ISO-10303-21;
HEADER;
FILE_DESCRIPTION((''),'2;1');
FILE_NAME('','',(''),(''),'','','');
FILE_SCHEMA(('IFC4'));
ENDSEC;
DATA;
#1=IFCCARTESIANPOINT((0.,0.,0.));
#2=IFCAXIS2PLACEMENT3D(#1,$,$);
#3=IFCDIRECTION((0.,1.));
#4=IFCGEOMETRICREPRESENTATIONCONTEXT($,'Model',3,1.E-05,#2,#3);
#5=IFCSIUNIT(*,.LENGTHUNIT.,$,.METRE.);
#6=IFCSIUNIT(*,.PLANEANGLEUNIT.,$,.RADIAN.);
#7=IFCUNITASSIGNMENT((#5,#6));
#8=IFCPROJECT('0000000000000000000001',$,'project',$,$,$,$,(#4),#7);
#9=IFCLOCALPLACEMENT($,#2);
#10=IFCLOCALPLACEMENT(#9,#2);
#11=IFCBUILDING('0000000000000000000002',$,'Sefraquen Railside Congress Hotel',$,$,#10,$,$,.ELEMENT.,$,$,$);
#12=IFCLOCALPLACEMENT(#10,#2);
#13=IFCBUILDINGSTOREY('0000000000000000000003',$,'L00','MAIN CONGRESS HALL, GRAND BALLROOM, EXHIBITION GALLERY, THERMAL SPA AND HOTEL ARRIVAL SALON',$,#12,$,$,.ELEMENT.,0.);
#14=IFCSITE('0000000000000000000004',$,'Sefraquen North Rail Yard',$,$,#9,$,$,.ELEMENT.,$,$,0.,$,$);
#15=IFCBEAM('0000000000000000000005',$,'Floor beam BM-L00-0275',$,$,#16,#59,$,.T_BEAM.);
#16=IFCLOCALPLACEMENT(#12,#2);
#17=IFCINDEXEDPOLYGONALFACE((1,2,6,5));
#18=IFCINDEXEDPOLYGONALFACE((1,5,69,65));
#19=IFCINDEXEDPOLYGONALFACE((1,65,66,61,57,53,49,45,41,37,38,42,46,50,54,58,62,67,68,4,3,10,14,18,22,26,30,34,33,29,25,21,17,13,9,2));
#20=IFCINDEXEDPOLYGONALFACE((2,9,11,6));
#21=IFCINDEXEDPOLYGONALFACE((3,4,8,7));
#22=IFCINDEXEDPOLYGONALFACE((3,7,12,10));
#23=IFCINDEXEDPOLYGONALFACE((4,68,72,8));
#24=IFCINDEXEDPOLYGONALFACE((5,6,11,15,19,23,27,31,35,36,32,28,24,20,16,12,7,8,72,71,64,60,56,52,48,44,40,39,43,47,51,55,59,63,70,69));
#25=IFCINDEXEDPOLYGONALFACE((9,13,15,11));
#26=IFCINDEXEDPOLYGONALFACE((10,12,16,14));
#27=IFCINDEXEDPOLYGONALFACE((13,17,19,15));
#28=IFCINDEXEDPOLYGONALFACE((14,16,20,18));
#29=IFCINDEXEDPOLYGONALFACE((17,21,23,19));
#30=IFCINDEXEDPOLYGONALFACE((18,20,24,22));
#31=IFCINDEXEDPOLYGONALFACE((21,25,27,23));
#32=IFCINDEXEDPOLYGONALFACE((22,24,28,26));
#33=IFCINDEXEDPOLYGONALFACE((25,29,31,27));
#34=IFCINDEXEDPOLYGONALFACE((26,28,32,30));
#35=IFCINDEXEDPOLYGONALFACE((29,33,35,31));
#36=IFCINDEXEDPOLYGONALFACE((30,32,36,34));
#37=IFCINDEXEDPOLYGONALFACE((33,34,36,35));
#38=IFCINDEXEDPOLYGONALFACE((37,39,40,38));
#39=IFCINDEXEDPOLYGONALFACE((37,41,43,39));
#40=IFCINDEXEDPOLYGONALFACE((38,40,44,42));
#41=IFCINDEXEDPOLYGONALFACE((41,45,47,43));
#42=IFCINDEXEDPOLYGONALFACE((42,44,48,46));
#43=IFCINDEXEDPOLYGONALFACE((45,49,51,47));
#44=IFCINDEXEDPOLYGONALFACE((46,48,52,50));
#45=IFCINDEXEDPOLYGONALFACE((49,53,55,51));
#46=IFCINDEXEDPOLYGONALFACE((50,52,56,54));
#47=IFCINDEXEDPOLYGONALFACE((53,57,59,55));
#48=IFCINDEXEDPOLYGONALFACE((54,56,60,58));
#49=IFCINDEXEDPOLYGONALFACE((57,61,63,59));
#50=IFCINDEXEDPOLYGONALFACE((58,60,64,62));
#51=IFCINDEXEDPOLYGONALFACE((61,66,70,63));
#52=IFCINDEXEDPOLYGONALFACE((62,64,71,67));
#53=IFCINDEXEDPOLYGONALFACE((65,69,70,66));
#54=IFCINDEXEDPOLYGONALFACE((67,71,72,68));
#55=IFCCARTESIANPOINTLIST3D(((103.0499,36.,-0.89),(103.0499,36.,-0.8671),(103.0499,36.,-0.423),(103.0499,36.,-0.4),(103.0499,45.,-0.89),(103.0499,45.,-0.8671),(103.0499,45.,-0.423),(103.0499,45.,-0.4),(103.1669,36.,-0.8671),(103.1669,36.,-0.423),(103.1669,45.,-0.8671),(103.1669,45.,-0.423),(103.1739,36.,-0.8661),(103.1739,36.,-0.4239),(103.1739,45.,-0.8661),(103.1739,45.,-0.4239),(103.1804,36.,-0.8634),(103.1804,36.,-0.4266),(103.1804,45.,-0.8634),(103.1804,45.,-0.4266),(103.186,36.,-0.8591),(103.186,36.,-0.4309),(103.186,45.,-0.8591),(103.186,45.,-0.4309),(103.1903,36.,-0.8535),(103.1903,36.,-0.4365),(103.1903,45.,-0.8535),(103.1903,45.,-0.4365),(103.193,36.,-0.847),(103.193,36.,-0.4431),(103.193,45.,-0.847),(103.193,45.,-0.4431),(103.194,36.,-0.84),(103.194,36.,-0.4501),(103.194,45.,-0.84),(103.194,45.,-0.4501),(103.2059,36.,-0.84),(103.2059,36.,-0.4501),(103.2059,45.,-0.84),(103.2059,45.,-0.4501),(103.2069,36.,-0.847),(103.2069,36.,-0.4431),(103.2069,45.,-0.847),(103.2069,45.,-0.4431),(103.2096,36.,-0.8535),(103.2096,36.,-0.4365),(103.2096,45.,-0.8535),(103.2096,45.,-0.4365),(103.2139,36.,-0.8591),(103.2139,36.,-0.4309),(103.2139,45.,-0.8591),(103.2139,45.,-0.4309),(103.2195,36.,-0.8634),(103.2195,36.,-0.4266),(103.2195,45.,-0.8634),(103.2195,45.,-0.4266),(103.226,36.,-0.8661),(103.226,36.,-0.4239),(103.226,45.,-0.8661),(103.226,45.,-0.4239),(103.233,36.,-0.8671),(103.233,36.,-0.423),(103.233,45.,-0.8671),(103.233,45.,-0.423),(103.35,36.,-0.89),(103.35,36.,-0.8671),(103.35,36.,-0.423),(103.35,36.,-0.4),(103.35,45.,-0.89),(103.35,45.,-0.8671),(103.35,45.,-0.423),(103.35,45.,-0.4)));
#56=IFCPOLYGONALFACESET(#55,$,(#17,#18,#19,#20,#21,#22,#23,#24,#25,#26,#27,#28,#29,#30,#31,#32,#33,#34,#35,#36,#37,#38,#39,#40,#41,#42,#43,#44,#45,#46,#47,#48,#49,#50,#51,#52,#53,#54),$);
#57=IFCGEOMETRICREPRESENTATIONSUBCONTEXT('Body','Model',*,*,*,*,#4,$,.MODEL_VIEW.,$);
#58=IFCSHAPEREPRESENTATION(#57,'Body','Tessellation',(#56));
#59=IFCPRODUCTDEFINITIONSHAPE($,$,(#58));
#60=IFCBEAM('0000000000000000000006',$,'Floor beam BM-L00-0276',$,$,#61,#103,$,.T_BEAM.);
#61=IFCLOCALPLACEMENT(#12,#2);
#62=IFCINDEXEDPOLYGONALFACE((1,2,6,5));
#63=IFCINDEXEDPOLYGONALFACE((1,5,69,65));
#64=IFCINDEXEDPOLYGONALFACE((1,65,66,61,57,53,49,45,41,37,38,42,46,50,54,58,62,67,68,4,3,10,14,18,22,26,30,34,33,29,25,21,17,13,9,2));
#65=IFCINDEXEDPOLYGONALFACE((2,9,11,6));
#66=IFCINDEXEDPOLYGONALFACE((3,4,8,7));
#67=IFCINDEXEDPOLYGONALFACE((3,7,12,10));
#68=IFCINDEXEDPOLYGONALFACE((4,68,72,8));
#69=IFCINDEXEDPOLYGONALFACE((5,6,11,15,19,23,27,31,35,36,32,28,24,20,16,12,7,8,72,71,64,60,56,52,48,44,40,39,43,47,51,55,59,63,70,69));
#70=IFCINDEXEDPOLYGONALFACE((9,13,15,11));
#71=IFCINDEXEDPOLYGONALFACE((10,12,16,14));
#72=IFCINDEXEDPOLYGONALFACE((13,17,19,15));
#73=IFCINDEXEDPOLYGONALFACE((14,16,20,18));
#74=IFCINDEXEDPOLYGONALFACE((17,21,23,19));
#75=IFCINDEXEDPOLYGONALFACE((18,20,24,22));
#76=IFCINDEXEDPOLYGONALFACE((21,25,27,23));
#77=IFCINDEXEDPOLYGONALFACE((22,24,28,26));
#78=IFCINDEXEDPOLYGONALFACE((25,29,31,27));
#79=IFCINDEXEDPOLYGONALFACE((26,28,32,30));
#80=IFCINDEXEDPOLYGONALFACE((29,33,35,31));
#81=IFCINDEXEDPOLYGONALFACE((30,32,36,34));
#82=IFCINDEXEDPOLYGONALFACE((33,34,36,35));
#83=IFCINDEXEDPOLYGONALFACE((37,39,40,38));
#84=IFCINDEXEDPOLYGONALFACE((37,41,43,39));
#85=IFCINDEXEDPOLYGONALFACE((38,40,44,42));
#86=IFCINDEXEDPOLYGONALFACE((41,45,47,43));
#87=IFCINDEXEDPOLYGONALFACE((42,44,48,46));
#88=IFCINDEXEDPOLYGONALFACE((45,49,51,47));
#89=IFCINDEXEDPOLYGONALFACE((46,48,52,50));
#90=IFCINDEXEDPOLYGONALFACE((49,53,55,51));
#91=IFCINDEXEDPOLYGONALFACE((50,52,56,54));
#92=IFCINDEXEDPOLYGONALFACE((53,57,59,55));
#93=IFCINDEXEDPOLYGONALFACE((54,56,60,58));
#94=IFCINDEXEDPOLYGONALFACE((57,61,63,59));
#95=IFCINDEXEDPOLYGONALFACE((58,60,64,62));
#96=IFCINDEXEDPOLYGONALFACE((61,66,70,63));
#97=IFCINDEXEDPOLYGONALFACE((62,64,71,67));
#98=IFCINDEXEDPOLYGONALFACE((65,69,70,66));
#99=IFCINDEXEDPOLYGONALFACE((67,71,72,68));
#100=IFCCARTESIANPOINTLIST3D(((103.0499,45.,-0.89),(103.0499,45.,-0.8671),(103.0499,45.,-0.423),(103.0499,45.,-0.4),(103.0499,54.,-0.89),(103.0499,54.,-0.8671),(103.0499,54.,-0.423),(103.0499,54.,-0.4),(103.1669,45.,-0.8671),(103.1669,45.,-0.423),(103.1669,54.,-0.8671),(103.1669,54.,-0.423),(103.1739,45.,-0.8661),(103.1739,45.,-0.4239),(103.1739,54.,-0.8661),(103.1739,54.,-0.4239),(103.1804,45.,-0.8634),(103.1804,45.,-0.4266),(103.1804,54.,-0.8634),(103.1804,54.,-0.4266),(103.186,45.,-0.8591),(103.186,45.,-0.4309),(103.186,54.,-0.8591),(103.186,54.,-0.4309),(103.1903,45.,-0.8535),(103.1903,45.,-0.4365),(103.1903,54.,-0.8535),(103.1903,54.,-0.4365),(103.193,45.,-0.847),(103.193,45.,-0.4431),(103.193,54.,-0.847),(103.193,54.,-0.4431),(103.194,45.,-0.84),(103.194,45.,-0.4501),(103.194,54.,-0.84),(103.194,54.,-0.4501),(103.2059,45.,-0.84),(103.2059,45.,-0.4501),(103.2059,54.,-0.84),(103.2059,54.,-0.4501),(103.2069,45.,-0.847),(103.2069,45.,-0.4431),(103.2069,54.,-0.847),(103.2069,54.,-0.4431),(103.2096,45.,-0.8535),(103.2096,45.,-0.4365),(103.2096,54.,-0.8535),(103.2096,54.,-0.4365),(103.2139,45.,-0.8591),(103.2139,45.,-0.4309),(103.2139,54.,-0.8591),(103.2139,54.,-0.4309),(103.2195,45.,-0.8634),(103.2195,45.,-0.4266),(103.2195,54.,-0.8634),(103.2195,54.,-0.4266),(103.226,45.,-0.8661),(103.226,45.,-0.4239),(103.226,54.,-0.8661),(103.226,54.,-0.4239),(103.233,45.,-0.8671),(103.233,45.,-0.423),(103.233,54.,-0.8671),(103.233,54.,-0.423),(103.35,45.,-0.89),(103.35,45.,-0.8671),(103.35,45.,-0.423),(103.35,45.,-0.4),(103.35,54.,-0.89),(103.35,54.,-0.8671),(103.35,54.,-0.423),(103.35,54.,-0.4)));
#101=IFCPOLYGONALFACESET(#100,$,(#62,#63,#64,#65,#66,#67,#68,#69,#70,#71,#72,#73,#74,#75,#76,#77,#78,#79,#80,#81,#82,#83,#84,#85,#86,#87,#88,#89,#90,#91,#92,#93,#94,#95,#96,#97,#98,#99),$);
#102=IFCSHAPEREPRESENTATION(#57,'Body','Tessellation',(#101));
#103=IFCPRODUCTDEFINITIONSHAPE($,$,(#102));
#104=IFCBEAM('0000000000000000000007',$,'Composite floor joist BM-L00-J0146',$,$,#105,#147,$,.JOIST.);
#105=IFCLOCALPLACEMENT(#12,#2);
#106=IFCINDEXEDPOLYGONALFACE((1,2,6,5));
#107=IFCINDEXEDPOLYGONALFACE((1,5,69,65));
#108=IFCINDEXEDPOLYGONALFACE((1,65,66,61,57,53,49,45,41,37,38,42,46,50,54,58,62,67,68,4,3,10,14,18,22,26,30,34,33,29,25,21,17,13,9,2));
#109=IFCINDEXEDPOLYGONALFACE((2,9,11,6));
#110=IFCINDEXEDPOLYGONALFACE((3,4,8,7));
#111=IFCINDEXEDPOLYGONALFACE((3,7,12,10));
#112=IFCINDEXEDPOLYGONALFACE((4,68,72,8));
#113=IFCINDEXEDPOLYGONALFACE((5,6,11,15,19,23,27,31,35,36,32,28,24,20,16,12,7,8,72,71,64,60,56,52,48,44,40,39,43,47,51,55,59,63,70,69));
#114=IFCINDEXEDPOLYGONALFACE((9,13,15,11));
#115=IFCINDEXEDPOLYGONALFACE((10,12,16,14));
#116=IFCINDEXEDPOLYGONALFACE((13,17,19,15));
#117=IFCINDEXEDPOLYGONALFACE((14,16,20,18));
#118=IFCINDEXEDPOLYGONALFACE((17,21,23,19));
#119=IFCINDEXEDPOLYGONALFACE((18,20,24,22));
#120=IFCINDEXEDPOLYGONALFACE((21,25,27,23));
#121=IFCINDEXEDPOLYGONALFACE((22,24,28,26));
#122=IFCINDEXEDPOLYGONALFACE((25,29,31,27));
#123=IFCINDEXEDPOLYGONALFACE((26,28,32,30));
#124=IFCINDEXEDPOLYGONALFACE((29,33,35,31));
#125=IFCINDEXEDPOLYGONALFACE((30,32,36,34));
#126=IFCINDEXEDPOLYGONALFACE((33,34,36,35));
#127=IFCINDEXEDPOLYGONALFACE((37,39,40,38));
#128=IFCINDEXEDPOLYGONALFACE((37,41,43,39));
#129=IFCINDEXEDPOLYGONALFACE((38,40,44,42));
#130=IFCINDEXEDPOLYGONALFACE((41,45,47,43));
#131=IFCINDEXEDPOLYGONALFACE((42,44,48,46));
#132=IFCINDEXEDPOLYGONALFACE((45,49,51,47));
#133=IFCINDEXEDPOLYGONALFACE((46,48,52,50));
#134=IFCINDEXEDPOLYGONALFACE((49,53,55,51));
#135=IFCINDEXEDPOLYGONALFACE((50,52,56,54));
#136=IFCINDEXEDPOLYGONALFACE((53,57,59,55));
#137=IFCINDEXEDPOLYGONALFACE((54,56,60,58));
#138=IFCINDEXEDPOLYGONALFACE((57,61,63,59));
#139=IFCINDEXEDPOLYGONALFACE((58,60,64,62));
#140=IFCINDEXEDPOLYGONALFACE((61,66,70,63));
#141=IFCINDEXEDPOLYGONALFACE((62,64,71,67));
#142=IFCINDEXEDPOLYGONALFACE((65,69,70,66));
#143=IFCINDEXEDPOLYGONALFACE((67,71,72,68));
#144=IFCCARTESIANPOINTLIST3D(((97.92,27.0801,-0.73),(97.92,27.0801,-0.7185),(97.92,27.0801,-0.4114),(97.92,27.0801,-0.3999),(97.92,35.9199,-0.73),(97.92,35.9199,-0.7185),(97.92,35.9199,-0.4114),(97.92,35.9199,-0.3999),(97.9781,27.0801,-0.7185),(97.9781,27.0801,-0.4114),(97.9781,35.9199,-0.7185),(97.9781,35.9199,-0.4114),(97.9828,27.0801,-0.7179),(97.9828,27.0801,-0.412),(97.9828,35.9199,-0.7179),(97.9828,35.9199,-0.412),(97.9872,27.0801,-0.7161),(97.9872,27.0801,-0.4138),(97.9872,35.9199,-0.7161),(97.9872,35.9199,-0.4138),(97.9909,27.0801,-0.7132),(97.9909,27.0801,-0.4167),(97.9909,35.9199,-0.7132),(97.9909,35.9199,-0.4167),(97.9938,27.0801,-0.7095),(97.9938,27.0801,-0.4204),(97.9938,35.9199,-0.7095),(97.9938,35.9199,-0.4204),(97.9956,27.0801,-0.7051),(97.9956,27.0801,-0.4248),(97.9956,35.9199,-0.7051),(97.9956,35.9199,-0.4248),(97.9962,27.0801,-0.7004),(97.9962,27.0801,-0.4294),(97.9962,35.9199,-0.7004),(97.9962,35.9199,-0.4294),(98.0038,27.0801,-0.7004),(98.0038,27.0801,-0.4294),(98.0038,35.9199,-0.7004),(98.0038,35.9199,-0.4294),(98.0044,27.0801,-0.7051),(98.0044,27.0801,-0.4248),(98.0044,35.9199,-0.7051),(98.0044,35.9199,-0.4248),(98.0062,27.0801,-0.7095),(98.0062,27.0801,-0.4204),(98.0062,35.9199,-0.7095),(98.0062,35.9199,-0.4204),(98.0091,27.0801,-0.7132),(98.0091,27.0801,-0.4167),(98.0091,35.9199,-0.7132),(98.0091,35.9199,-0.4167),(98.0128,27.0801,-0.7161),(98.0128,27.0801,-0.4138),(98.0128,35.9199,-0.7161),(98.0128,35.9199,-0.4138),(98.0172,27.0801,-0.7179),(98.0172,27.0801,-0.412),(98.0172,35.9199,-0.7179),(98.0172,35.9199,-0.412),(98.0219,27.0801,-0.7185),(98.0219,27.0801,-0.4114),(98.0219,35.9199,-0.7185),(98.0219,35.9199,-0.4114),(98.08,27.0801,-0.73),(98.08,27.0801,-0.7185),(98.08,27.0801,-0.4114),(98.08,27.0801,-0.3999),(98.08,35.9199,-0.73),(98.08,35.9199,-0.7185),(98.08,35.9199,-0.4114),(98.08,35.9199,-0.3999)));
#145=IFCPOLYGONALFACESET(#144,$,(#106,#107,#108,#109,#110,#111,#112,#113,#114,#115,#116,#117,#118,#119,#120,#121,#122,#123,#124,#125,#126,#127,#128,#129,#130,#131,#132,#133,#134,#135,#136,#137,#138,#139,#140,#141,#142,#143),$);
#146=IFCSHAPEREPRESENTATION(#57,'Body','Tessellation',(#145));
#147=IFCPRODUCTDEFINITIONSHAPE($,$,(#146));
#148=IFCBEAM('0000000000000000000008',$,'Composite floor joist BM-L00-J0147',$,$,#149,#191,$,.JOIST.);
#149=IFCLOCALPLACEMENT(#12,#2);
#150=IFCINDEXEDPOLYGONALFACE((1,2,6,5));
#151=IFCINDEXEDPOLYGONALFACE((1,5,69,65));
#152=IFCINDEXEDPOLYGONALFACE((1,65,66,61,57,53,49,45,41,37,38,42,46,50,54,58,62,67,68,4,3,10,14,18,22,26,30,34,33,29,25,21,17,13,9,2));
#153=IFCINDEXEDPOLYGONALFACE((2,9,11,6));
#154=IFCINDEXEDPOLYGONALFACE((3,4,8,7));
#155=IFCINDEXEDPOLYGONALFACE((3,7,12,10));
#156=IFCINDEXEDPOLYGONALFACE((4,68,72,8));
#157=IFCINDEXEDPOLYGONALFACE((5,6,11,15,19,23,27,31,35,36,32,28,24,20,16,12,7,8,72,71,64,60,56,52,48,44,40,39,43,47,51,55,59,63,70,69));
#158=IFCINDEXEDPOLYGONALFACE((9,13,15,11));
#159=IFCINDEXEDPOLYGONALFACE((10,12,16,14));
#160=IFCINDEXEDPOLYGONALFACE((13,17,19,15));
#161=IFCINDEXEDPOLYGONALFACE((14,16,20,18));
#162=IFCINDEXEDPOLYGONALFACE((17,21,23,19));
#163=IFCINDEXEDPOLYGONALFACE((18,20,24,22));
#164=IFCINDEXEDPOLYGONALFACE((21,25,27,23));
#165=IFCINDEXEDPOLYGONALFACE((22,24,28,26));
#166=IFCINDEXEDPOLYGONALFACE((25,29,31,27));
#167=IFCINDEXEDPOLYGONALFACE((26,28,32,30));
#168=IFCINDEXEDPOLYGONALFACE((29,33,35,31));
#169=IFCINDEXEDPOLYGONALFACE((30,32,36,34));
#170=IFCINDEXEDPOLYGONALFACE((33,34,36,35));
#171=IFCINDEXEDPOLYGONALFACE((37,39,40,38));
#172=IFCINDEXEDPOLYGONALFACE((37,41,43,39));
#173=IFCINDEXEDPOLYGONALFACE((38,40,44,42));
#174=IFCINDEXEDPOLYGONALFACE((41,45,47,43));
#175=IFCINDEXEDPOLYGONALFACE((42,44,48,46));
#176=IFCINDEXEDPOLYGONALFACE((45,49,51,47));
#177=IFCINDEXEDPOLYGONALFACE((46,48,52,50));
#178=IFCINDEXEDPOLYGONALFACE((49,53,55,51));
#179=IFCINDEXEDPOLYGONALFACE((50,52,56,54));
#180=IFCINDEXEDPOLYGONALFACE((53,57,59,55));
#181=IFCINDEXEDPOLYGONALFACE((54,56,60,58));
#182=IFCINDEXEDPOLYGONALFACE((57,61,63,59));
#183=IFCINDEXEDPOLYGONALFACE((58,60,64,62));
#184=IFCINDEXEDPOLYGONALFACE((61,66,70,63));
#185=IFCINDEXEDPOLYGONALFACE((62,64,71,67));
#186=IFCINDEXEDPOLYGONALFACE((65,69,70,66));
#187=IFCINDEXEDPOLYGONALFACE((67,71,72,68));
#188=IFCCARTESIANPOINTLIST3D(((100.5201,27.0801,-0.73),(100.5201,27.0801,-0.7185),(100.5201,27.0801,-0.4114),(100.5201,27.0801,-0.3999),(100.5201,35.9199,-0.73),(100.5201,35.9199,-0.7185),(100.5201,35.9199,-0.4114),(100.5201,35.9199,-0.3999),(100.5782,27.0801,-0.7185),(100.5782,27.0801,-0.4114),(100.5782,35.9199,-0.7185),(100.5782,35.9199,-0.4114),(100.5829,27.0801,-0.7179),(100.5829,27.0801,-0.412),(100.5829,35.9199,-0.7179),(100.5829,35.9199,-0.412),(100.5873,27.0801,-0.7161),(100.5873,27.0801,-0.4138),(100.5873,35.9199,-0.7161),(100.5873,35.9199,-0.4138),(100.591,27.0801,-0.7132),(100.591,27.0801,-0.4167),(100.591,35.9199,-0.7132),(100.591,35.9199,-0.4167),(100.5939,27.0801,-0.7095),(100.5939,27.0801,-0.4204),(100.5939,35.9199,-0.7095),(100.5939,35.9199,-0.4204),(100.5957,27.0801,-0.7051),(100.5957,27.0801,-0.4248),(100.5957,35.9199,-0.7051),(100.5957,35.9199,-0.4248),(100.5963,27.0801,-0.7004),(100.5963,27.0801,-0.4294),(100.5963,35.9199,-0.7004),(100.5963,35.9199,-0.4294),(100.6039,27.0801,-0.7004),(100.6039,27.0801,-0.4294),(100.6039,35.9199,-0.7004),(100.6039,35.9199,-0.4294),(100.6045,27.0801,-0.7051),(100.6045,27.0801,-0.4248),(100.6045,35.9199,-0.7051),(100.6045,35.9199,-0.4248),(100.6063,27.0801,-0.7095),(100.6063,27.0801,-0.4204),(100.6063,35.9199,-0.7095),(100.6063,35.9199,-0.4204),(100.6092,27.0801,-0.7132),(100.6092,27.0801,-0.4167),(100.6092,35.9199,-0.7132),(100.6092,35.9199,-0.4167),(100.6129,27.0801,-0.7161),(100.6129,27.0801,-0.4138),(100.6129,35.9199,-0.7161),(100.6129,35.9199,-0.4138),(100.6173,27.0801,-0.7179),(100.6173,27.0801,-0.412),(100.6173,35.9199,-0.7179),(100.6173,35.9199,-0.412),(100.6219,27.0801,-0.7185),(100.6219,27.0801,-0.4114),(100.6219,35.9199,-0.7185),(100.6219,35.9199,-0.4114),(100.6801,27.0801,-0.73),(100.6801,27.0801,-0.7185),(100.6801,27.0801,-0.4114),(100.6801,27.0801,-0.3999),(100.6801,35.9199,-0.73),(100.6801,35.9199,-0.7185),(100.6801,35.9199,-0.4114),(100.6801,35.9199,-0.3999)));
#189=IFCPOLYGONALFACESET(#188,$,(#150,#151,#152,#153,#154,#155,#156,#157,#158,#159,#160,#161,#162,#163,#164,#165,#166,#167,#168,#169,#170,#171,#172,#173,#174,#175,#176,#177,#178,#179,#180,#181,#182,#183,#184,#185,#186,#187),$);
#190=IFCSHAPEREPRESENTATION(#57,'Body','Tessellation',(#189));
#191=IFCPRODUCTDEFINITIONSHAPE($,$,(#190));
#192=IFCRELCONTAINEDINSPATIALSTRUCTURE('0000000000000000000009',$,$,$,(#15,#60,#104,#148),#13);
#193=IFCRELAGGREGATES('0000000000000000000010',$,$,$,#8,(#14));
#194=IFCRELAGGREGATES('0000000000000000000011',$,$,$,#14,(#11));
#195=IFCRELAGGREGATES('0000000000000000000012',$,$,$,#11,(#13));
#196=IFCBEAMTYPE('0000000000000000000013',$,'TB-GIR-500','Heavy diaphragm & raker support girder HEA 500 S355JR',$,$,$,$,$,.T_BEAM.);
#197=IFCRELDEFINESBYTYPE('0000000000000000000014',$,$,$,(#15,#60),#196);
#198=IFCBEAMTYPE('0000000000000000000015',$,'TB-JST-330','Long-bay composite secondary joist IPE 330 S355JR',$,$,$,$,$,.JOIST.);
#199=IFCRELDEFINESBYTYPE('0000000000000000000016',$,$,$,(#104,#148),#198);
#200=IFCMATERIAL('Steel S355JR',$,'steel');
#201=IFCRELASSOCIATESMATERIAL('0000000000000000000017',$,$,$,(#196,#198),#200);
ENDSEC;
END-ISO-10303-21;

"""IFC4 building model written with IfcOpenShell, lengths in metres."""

from ifc_helpers import new_model, si_unit, direction, frame, origin, origin_2d, place, context, subcontext, project, spatial, i_section, extrude, material, material_profile, profile_set, type_object, element, save


model = new_model("IFC4")

# Units and contexts
model_context = context("Model", 3, precision=1e-05, world=origin(), true_north=direction((0.0, 1.0)))
body_context = subcontext(model_context, "Body", "Model", "MODEL_VIEW")
ifc_project = project(units=[si_unit("LENGTHUNIT", "METRE"), si_unit("PLANEANGLEUNIT", "RADIAN")], contexts=[model_context])

# Site, building, storey
site_placement = place(None, origin())
site = spatial("IfcSite", under=ifc_project, at=site_placement, Name="Sefraquen North Rail Yard", CompositionType="ELEMENT", RefElevation=0.0)
building_placement = place(site_placement, origin())
building = spatial("IfcBuilding", under=site, at=building_placement, Name="Sefraquen Railside Congress Hotel", CompositionType="ELEMENT")
storey_placement = place(building_placement, origin())
storey = spatial("IfcBuildingStorey", under=building, at=storey_placement, Name="L00", Description="MAIN CONGRESS HALL, GRAND BALLROOM, EXHIBITION GALLERY, THERMAL SPA AND HOTEL ARRIVAL SALON", CompositionType="ELEMENT", Elevation=0.0)

# Shared definitions
ifc_material_1 = material(Name="Steel S355JR", Category="steel")

# Beams
ifc_material_profile_1 = material_profile(ifc_material_1, i_section(OverallWidth=0.3, OverallDepth=0.49, WebThickness=0.012, FlangeThickness=0.0229, FilletRadius=0.0271, at=origin_2d()), Name="HEA 500")
ifc_profile_set_1 = profile_set([ifc_material_profile_1], Name="Steel S355JR")
beam_type_1 = type_object("IfcBeamType", Name="TB-GIR-500", Description="Heavy diaphragm & raker support girder HEA 500 S355JR", PredefinedType="T_BEAM", material=ifc_profile_set_1)
for number, where, z_axis, x_axis, name in (
    (1, (103.2, 36.0, -0.645), (0.0, 1.0, 0.0), (-1.0, 0.0, 0.0), "Floor beam BM-L00-0275"),
    (2, (103.2, 45.0, -0.645), (0.0, 1.0, 0.0), (-1.0, 0.0, 0.0), "Floor beam BM-L00-0276"),
):
    element("IfcBeam", number, at=place(storey_placement, frame(where, z_axis=z_axis, x_axis=x_axis)), inside=storey, type_object=beam_type_1, Name=name, PredefinedType="T_BEAM", context=body_context, shape_type="SweptSolid", body=[
        extrude(i_section(OverallWidth=0.3, OverallDepth=0.49, WebThickness=0.012, FlangeThickness=0.0229, FilletRadius=0.0271, at=origin_2d()), origin(), (0.0, 0.0, 1.0), 9.0),
    ])
ifc_material_profile_2 = material_profile(ifc_material_1, i_section(OverallWidth=0.1599, OverallDepth=0.3301, WebThickness=0.0076, FlangeThickness=0.0115, FilletRadius=0.0181, at=origin_2d()), Name="IPE 330")
ifc_profile_set_2 = profile_set([ifc_material_profile_2], Name="Steel S355JR")
beam_type_2 = type_object("IfcBeamType", Name="TB-JST-330", Description="Long-bay composite secondary joist IPE 330 S355JR", PredefinedType="JOIST", material=ifc_profile_set_2)
for number, where, z_axis, x_axis, name in (
    (3, (98.0, 27.0801, -0.5649), (0.0, 1.0, 0.0), (-1.0, 0.0, 0.0), "Composite floor joist BM-L00-J0146"),
    (4, (100.6001, 27.0801, -0.5649), (0.0, 1.0, 0.0), (-1.0, 0.0, 0.0), "Composite floor joist BM-L00-J0147"),
):
    element("IfcBeam", number, at=place(storey_placement, frame(where, z_axis=z_axis, x_axis=x_axis)), inside=storey, type_object=beam_type_2, Name=name, PredefinedType="JOIST", context=body_context, shape_type="SweptSolid", body=[
        extrude(i_section(OverallWidth=0.1599, OverallDepth=0.3301, WebThickness=0.0076, FlangeThickness=0.0115, FilletRadius=0.0181, at=origin_2d()), origin(), (0.0, 0.0, 1.0), 8.8398),
    ])

save(model, "model.ifc")
